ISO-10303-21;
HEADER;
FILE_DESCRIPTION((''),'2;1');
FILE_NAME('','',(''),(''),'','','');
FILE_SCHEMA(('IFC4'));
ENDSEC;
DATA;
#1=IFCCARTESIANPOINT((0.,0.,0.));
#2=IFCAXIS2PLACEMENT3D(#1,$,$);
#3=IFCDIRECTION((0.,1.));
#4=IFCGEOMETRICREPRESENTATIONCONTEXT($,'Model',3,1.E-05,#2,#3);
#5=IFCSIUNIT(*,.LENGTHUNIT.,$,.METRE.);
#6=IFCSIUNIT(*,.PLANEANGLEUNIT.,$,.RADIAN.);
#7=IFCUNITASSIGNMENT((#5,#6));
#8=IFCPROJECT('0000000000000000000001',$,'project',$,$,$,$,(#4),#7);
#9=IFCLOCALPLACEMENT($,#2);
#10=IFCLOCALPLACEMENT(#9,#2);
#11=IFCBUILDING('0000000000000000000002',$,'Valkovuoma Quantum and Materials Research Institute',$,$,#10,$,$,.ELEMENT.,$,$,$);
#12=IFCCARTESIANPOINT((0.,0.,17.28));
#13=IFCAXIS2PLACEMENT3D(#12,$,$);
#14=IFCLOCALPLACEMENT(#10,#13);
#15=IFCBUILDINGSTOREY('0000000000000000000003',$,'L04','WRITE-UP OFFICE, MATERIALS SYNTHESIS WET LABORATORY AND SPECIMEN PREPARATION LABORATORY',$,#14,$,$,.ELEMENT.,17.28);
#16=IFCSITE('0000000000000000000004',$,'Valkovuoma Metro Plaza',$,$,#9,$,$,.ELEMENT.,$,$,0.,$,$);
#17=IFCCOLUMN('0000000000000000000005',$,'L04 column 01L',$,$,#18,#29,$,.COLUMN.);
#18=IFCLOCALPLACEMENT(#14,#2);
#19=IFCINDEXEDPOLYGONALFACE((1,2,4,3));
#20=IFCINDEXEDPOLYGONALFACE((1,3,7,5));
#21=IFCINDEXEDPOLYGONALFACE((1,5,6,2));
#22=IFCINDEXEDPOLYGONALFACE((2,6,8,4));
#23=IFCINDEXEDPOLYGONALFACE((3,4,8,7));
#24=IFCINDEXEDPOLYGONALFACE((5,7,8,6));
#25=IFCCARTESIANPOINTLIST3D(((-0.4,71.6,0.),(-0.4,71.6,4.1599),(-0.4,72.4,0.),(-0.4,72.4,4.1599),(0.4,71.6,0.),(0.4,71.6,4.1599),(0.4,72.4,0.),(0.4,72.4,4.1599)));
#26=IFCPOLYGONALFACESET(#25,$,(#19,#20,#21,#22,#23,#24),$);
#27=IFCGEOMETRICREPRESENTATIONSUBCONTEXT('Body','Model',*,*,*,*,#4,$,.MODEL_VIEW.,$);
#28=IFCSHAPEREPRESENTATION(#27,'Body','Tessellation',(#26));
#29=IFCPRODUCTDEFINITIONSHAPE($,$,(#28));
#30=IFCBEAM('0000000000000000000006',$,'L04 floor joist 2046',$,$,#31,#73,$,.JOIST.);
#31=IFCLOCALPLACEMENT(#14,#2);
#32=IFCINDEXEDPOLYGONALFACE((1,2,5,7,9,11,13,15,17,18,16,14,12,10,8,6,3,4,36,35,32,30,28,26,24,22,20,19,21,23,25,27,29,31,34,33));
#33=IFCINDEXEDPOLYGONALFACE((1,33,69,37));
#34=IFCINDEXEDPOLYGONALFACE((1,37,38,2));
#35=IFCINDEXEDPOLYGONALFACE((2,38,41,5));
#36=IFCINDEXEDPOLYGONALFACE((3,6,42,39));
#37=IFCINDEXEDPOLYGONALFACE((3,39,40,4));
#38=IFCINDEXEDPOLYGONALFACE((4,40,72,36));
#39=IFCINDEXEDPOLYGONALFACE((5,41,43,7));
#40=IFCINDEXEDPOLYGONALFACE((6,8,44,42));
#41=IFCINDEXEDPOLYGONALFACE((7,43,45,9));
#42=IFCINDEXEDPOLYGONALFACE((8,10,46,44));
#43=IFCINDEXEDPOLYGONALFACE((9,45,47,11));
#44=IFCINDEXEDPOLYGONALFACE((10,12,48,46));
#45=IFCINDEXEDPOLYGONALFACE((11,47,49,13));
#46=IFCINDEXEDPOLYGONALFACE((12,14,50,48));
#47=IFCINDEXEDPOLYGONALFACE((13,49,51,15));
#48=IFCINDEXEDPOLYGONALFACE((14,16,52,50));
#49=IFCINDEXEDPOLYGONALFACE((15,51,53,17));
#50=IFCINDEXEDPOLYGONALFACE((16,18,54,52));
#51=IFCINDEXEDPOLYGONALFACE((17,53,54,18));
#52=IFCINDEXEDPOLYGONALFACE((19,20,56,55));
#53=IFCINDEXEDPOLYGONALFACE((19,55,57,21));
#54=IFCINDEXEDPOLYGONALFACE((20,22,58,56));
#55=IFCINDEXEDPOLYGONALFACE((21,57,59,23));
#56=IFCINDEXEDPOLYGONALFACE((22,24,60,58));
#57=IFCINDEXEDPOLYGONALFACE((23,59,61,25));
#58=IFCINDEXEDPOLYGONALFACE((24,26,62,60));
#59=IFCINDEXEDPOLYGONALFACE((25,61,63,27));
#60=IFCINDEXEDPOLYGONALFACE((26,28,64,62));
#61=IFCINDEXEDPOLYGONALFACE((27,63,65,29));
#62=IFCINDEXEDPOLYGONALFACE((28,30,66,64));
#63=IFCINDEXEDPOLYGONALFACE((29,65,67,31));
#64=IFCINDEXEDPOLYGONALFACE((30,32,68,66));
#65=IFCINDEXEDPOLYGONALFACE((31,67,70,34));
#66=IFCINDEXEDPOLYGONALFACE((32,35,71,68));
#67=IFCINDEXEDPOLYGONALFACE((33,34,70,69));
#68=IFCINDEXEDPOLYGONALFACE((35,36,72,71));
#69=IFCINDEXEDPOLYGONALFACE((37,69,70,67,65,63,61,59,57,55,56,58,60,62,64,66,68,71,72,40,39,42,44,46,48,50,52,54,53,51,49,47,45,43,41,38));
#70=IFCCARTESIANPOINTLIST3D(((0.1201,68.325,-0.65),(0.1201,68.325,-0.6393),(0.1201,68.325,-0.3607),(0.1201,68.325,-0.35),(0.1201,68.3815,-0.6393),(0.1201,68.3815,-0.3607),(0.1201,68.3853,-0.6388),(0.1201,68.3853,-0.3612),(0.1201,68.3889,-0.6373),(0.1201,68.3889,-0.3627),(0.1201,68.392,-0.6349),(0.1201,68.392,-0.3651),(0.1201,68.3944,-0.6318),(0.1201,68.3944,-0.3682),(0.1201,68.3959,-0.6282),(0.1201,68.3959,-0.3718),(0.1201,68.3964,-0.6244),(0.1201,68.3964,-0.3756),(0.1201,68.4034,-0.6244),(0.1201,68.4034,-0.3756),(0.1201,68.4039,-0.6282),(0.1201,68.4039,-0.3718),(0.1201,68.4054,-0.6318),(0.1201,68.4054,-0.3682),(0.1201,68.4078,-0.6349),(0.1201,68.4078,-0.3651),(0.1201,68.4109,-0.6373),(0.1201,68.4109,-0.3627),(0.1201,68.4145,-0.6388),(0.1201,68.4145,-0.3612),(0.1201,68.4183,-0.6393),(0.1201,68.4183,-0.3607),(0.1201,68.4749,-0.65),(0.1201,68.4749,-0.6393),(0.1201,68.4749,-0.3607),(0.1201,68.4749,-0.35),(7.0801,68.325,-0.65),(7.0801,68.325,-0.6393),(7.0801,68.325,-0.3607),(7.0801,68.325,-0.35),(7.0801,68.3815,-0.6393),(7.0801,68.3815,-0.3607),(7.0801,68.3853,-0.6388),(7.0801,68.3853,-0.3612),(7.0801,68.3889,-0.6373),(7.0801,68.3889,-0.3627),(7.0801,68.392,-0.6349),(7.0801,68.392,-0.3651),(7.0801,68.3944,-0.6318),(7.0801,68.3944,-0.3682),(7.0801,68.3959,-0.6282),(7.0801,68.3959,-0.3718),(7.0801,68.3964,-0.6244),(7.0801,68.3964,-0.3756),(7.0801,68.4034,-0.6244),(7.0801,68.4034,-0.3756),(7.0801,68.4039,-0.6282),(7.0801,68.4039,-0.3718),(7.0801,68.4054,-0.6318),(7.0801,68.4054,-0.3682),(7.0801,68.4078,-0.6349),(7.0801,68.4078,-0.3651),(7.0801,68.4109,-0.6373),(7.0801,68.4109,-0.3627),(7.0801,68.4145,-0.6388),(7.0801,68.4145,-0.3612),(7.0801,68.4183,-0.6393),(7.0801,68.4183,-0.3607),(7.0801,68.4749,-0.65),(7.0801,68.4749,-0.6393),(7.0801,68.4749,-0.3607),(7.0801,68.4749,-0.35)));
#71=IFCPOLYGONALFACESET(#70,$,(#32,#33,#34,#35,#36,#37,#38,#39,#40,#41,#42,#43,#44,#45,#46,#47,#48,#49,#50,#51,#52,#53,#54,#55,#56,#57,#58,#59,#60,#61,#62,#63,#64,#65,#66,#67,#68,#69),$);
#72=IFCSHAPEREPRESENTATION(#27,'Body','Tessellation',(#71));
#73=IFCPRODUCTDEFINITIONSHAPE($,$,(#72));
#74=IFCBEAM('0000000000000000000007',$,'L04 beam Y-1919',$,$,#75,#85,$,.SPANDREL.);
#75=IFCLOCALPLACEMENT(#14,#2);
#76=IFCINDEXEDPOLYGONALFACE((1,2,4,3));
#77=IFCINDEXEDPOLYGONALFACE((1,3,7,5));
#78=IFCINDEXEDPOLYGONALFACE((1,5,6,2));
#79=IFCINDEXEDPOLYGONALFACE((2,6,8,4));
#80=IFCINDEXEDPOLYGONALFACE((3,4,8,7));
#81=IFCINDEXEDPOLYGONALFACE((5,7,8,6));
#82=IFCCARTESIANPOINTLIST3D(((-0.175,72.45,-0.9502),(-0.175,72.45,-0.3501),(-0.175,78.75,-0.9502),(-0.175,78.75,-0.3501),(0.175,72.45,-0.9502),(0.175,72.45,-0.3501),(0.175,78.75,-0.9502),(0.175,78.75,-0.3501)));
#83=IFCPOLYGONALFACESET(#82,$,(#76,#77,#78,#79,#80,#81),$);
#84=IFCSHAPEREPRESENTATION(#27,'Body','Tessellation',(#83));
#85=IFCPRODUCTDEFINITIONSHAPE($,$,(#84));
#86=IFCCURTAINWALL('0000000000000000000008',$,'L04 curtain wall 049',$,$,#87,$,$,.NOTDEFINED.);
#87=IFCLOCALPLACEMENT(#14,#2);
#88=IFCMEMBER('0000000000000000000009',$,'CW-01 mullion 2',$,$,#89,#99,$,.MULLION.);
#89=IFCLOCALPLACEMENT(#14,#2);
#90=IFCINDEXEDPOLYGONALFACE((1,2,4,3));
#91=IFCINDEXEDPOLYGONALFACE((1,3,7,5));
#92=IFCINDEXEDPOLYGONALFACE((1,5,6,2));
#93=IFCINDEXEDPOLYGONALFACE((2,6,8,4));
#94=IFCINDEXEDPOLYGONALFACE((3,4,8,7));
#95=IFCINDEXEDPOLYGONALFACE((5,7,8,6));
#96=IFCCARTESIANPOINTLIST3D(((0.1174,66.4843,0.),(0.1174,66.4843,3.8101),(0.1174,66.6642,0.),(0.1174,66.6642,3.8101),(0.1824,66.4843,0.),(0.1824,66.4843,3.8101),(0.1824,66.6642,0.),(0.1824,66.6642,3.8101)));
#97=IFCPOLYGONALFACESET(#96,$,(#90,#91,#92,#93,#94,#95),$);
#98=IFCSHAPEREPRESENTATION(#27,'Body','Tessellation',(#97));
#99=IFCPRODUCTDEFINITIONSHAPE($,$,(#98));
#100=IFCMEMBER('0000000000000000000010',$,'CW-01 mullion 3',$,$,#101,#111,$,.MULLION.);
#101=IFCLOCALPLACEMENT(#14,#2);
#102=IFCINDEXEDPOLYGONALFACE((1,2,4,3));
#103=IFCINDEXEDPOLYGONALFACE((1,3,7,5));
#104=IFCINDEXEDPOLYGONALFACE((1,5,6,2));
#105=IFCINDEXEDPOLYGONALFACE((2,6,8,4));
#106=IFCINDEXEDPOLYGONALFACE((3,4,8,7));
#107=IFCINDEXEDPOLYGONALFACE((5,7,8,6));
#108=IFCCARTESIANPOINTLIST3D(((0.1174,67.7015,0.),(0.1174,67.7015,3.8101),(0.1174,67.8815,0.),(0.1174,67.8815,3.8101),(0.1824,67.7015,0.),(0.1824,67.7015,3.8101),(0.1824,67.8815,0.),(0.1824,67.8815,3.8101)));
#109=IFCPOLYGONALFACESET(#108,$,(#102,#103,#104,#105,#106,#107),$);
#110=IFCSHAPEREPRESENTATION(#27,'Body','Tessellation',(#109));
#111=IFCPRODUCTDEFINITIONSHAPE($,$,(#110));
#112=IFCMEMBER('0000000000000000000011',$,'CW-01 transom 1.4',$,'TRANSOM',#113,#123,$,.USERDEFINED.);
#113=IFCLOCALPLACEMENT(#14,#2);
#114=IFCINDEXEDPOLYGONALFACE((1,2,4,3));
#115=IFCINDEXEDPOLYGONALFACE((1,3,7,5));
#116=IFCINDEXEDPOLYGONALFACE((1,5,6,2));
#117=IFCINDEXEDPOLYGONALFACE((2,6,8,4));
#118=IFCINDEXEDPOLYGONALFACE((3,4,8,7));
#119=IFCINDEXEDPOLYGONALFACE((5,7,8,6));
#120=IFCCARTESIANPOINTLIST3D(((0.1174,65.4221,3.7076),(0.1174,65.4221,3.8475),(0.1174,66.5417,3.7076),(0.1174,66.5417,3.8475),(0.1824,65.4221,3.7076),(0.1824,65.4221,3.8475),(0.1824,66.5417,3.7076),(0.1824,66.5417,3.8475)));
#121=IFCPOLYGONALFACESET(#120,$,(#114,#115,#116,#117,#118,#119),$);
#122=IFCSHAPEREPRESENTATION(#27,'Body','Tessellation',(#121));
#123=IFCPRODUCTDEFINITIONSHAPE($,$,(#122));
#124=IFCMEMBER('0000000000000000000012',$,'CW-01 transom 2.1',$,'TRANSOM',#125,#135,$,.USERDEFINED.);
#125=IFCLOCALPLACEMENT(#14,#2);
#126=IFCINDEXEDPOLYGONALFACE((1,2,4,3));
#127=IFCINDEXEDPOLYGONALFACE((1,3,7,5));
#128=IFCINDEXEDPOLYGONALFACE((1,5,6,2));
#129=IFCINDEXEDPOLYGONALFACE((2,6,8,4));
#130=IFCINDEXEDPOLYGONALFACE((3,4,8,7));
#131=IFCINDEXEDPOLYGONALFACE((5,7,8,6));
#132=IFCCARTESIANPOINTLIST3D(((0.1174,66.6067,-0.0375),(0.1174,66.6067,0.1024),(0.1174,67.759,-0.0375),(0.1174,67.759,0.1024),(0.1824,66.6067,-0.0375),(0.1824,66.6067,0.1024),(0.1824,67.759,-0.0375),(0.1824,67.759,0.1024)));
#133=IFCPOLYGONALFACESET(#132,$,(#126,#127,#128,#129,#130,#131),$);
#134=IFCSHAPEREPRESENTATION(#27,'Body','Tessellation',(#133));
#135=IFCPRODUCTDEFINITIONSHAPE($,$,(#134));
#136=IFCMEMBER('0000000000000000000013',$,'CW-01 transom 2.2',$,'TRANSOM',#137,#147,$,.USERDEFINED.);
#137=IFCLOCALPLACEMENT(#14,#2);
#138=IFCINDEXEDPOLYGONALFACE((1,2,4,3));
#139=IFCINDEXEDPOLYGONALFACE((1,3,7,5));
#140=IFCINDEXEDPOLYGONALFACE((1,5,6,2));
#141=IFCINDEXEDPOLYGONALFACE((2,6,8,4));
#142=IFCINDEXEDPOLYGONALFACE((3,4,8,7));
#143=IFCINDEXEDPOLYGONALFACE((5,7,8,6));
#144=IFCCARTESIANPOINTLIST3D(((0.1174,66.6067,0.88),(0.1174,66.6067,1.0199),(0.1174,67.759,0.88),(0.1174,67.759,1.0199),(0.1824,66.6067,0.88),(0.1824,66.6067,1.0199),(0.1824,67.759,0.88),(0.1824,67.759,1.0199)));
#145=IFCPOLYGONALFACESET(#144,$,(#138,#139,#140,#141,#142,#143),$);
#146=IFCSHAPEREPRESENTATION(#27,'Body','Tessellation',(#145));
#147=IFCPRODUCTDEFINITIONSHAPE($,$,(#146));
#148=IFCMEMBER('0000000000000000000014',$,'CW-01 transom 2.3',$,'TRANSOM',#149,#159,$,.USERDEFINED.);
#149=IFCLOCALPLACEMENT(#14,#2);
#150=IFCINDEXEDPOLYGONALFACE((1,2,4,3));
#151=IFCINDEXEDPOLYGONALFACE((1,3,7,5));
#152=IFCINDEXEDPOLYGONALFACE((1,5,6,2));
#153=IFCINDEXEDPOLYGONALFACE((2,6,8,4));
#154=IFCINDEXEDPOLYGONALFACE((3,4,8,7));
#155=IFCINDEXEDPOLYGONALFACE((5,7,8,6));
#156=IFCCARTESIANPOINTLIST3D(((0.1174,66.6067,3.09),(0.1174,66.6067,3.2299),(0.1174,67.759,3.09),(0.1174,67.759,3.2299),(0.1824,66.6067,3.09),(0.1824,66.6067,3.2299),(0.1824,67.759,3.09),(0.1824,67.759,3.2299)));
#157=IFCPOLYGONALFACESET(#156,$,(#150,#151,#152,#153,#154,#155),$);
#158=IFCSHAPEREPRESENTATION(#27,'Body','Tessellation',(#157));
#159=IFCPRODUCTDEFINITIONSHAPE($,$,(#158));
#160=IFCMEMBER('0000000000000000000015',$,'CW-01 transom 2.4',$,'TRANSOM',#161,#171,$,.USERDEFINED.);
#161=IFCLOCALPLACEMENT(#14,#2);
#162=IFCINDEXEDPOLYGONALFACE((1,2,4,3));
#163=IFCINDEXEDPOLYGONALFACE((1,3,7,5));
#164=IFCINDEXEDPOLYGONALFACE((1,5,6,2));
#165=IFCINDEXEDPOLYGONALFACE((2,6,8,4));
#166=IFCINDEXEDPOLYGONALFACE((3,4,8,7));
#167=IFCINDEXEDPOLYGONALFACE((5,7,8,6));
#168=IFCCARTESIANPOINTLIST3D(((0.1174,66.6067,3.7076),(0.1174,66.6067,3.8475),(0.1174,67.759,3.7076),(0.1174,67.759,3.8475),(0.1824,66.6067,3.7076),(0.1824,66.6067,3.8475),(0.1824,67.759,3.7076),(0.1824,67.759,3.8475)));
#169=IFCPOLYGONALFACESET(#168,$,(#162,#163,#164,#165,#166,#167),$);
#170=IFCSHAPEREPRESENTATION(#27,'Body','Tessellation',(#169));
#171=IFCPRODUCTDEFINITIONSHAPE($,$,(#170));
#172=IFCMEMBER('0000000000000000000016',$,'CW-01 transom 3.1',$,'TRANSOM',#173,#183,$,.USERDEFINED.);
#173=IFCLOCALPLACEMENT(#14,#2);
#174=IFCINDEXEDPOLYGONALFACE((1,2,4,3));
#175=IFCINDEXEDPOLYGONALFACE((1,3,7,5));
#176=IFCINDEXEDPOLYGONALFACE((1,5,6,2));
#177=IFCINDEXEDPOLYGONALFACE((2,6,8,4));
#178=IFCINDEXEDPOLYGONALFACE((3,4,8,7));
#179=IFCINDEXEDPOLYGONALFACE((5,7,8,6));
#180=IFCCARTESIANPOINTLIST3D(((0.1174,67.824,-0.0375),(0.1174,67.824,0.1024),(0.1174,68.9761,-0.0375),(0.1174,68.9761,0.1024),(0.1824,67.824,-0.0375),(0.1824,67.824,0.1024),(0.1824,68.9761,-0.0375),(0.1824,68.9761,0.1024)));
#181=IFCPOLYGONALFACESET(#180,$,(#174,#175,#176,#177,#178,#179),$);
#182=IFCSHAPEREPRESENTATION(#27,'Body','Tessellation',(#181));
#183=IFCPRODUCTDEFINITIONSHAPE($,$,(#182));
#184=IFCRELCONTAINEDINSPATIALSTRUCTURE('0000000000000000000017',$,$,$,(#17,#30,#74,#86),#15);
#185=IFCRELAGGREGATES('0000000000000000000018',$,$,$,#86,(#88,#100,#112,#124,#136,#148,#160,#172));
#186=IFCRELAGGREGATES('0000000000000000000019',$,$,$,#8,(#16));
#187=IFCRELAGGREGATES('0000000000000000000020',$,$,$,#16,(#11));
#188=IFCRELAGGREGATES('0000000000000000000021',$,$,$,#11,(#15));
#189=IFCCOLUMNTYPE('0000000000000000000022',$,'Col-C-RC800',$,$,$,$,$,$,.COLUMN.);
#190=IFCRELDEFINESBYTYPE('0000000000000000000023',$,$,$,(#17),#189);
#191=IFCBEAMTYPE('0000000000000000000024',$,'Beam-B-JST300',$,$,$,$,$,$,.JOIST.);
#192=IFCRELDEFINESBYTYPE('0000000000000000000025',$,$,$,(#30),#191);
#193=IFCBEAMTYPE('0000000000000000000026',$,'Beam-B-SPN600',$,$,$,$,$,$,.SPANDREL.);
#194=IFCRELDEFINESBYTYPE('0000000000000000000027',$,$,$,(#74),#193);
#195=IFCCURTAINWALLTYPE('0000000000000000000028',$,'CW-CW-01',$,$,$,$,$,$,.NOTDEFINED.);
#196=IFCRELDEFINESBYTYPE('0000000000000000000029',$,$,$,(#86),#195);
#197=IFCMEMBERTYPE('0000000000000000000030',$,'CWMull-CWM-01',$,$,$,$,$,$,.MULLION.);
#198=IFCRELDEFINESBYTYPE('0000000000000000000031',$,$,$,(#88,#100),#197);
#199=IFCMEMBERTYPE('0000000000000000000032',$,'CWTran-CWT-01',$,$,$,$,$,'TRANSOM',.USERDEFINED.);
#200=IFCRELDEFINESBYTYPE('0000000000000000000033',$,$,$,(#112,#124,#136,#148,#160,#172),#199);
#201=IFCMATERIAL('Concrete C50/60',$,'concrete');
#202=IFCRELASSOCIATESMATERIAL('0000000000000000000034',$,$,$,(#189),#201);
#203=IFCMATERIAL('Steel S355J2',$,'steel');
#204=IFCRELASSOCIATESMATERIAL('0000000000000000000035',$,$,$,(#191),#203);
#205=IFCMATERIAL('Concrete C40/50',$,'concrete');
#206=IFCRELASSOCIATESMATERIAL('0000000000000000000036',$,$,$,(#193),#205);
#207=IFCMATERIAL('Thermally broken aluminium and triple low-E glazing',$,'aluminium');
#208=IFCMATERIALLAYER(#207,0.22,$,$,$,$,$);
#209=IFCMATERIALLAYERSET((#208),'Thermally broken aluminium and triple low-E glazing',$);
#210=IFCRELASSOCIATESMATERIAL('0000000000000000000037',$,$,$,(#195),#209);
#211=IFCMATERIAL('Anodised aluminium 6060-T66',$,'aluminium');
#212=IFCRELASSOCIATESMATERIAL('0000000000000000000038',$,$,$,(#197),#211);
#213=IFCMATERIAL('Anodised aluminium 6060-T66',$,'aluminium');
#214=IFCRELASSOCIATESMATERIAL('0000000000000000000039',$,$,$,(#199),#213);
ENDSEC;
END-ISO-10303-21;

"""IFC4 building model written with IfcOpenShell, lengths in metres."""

from ifc_helpers import new_model, si_unit, direction, frame, origin, origin_2d, place, context, subcontext, project, spatial, rectangle, i_section, extrude, material, layer, layer_set, material_profile, profile_set, type_object, element, aggregate, save


model = new_model("IFC4")

# Units and contexts
model_context = context("Model", 3, precision=1e-05, world=origin(), true_north=direction((0.0, 1.0)))
body_context = subcontext(model_context, "Body", "Model", "MODEL_VIEW")
ifc_project = project(units=[si_unit("LENGTHUNIT", "METRE"), si_unit("PLANEANGLEUNIT", "RADIAN")], contexts=[model_context])

# Site, building, storey
site_placement = place(None, origin())
site = spatial("IfcSite", under=ifc_project, at=site_placement, Name="Valkovuoma Metro Plaza", CompositionType="ELEMENT", RefElevation=0.0)
building_placement = place(site_placement, origin())
building = spatial("IfcBuilding", under=site, at=building_placement, Name="Valkovuoma Quantum and Materials Research Institute", CompositionType="ELEMENT")
storey_placement = place(building_placement, frame((0.0, 0.0, 17.28)))
storey = spatial("IfcBuildingStorey", under=building, at=storey_placement, Name="L04", Description="WRITE-UP OFFICE, MATERIALS SYNTHESIS WET LABORATORY AND SPECIMEN PREPARATION LABORATORY", CompositionType="ELEMENT", Elevation=17.28)

# Column
ifc_material_1 = material(Name="Concrete C50/60", Category="concrete")
ifc_material_profile_1 = material_profile(ifc_material_1, rectangle(XDim=0.8, YDim=0.8, at=origin_2d()), Name="Concrete C50/60")
ifc_profile_set_1 = profile_set([ifc_material_profile_1], Name="Concrete C50/60")
column_type = type_object("IfcColumnType", Name="Col-C-RC800", PredefinedType="COLUMN", material=ifc_profile_set_1)
column_placement = place(storey_placement, frame((0.0, 72.0, 0.0), z_axis=(0.0, 0.0, 1.0), x_axis=(1.0, 0.0, 0.0)))
element("IfcColumn", 1, at=column_placement, inside=storey, type_object=column_type, Name="L04 column 01L", PredefinedType="COLUMN", context=body_context, shape_type="SweptSolid", body=[
    extrude(rectangle(XDim=0.8, YDim=0.8, at=origin_2d()), origin(), (0.0, 0.0, 1.0), 4.1599),
])

# Beams
ifc_material_2 = material(Name="Steel S355J2", Category="steel")
ifc_material_profile_2 = material_profile(ifc_material_2, i_section(OverallWidth=0.1499, OverallDepth=0.3, WebThickness=0.0071, FlangeThickness=0.0107, FilletRadius=0.0149, at=origin_2d()), Name="Steel S355J2")
ifc_profile_set_2 = profile_set([ifc_material_profile_2], Name="Steel S355J2")
beam_type_1 = type_object("IfcBeamType", Name="Beam-B-JST300", PredefinedType="JOIST", material=ifc_profile_set_2)
beam_1_placement = place(storey_placement, frame((0.1201, 68.3999, -0.5), z_axis=(1.0, 0.0, 0.0), x_axis=(0.0, 1.0, 0.0)))
element("IfcBeam", 2, at=beam_1_placement, inside=storey, type_object=beam_type_1, Name="L04 floor joist 2046", PredefinedType="JOIST", context=body_context, shape_type="SweptSolid", body=[
    extrude(i_section(OverallWidth=0.1499, OverallDepth=0.3, WebThickness=0.0071, FlangeThickness=0.0107, FilletRadius=0.0149, at=origin_2d()), origin(), (0.0, 0.0, 1.0), 6.96),
])
ifc_material_3 = material(Name="Concrete C40/50", Category="concrete")
ifc_material_profile_3 = material_profile(ifc_material_3, rectangle(XDim=0.3501, YDim=0.6001, at=origin_2d()), Name="Concrete C40/50")
ifc_profile_set_3 = profile_set([ifc_material_profile_3], Name="Concrete C40/50")
beam_type_2 = type_object("IfcBeamType", Name="Beam-B-SPN600", PredefinedType="SPANDREL", material=ifc_profile_set_3)
beam_2_placement = place(storey_placement, frame((0.0, 72.45, -0.6501), z_axis=(0.0, 1.0, 0.0), x_axis=(-1.0, 0.0, 0.0)))
element("IfcBeam", 3, at=beam_2_placement, inside=storey, type_object=beam_type_2, Name="L04 beam Y-1919", PredefinedType="SPANDREL", context=body_context, shape_type="SweptSolid", body=[
    extrude(rectangle(XDim=0.3501, YDim=0.6001, at=origin_2d()), origin(), (0.0, 0.0, 1.0), 6.3),
])

# Curtain wall, members
ifc_material_4 = material(Name="Thermally broken aluminium and triple low-E glazing", Category="aluminium")
ifc_layer_1 = layer(ifc_material_4, 0.22)
ifc_layer_set_1 = layer_set([ifc_layer_1], Name="Thermally broken aluminium and triple low-E glazing")
curtain_wall_type = type_object("IfcCurtainWallType", Name="CW-CW-01", PredefinedType="NOTDEFINED", material=ifc_layer_set_1)
curtain_wall_placement = place(storey_placement, origin())
curtain_wall = element("IfcCurtainWall", 4, at=curtain_wall_placement, inside=storey, type_object=curtain_wall_type, Name="L04 curtain wall 049", PredefinedType="NOTDEFINED")
ifc_material_5 = material(Name="Anodised aluminium 6060-T66", Category="aluminium")
ifc_material_profile_4 = material_profile(ifc_material_5, rectangle(XDim=0.0649, YDim=0.1799, at=origin_2d()), Name="Anodised aluminium 6060-T66")
ifc_profile_set_4 = profile_set([ifc_material_profile_4], Name="Anodised aluminium 6060-T66")
member_type_1 = type_object("IfcMemberType", Name="CWMull-CWM-01", PredefinedType="MULLION", material=ifc_profile_set_4)
member_1_placement = place(storey_placement, frame((0.1499, 66.5742, 0.0), z_axis=(0.0, 0.0, 1.0), x_axis=(-1.0, 0.0, 0.0)))
member_1 = element("IfcMember", 5, at=member_1_placement, type_object=member_type_1, Name="CW-01 mullion 2", PredefinedType="MULLION", context=body_context, shape_type="SweptSolid", body=[
    extrude(rectangle(XDim=0.0649, YDim=0.1799, at=origin_2d()), origin(), (0.0, 0.0, 1.0), 3.8101),
])
member_2_placement = place(storey_placement, frame((0.1499, 67.7915, 0.0), z_axis=(0.0, 0.0, 1.0), x_axis=(-1.0, 0.0, 0.0)))
member_2 = element("IfcMember", 6, at=member_2_placement, type_object=member_type_1, Name="CW-01 mullion 3", PredefinedType="MULLION", context=body_context, shape_type="SweptSolid", body=[
    extrude(rectangle(XDim=0.0649, YDim=0.1799, at=origin_2d()), origin(), (0.0, 0.0, 1.0), 3.8101),
])
ifc_material_6 = material(Name="Anodised aluminium 6060-T66", Category="aluminium")
ifc_material_profile_5 = material_profile(ifc_material_6, rectangle(XDim=0.0649, YDim=0.1399, at=origin_2d()), Name="Anodised aluminium 6060-T66")
ifc_profile_set_5 = profile_set([ifc_material_profile_5], Name="Anodised aluminium 6060-T66")
member_type_2 = type_object("IfcMemberType", Name="CWTran-CWT-01", ElementType="TRANSOM", PredefinedType="USERDEFINED", material=ifc_profile_set_5)
member_3_placement = place(storey_placement, frame((0.1499, 65.4221, 3.7776), z_axis=(0.0, 1.0, 0.0), x_axis=(-1.0, 0.0, 0.0)))
member_3 = element("IfcMember", 7, at=member_3_placement, type_object=member_type_2, Name="CW-01 transom 1.4", ObjectType="TRANSOM", PredefinedType="USERDEFINED", context=body_context, shape_type="SweptSolid", body=[
    extrude(rectangle(XDim=0.0649, YDim=0.1399, at=origin_2d()), origin(), (0.0, 0.0, 1.0), 1.1196),
])
member_4_placement = place(storey_placement, frame((0.1499, 66.6067, 0.0325), z_axis=(0.0, 1.0, 0.0), x_axis=(-1.0, 0.0, 0.0)))
member_4 = element("IfcMember", 8, at=member_4_placement, type_object=member_type_2, Name="CW-01 transom 2.1", ObjectType="TRANSOM", PredefinedType="USERDEFINED", context=body_context, shape_type="SweptSolid", body=[
    extrude(rectangle(XDim=0.0649, YDim=0.1399, at=origin_2d()), origin(), (0.0, 0.0, 1.0), 1.1523),
])
member_5_placement = place(storey_placement, frame((0.1499, 66.6067, 0.95), z_axis=(0.0, 1.0, 0.0), x_axis=(-1.0, 0.0, 0.0)))
member_5 = element("IfcMember", 9, at=member_5_placement, type_object=member_type_2, Name="CW-01 transom 2.2", ObjectType="TRANSOM", PredefinedType="USERDEFINED", context=body_context, shape_type="SweptSolid", body=[
    extrude(rectangle(XDim=0.0649, YDim=0.1399, at=origin_2d()), origin(), (0.0, 0.0, 1.0), 1.1523),
])
member_6_placement = place(storey_placement, frame((0.1499, 66.6067, 3.1599), z_axis=(0.0, 1.0, 0.0), x_axis=(-1.0, 0.0, 0.0)))
member_6 = element("IfcMember", 10, at=member_6_placement, type_object=member_type_2, Name="CW-01 transom 2.3", ObjectType="TRANSOM", PredefinedType="USERDEFINED", context=body_context, shape_type="SweptSolid", body=[
    extrude(rectangle(XDim=0.0649, YDim=0.1399, at=origin_2d()), origin(), (0.0, 0.0, 1.0), 1.1523),
])
member_7_placement = place(storey_placement, frame((0.1499, 66.6067, 3.7776), z_axis=(0.0, 1.0, 0.0), x_axis=(-1.0, 0.0, 0.0)))
member_7 = element("IfcMember", 11, at=member_7_placement, type_object=member_type_2, Name="CW-01 transom 2.4", ObjectType="TRANSOM", PredefinedType="USERDEFINED", context=body_context, shape_type="SweptSolid", body=[
    extrude(rectangle(XDim=0.0649, YDim=0.1399, at=origin_2d()), origin(), (0.0, 0.0, 1.0), 1.1523),
])
member_8_placement = place(storey_placement, frame((0.1499, 67.824, 0.0325), z_axis=(0.0, 1.0, 0.0), x_axis=(-1.0, 0.0, 0.0)))
member_8 = element("IfcMember", 12, at=member_8_placement, type_object=member_type_2, Name="CW-01 transom 3.1", ObjectType="TRANSOM", PredefinedType="USERDEFINED", context=body_context, shape_type="SweptSolid", body=[
    extrude(rectangle(XDim=0.0649, YDim=0.1399, at=origin_2d()), origin(), (0.0, 0.0, 1.0), 1.1521),
])
aggregate(curtain_wall, [member_1, member_2, member_3, member_4, member_5, member_6, member_7, member_8])

save(model, "model.ifc")
